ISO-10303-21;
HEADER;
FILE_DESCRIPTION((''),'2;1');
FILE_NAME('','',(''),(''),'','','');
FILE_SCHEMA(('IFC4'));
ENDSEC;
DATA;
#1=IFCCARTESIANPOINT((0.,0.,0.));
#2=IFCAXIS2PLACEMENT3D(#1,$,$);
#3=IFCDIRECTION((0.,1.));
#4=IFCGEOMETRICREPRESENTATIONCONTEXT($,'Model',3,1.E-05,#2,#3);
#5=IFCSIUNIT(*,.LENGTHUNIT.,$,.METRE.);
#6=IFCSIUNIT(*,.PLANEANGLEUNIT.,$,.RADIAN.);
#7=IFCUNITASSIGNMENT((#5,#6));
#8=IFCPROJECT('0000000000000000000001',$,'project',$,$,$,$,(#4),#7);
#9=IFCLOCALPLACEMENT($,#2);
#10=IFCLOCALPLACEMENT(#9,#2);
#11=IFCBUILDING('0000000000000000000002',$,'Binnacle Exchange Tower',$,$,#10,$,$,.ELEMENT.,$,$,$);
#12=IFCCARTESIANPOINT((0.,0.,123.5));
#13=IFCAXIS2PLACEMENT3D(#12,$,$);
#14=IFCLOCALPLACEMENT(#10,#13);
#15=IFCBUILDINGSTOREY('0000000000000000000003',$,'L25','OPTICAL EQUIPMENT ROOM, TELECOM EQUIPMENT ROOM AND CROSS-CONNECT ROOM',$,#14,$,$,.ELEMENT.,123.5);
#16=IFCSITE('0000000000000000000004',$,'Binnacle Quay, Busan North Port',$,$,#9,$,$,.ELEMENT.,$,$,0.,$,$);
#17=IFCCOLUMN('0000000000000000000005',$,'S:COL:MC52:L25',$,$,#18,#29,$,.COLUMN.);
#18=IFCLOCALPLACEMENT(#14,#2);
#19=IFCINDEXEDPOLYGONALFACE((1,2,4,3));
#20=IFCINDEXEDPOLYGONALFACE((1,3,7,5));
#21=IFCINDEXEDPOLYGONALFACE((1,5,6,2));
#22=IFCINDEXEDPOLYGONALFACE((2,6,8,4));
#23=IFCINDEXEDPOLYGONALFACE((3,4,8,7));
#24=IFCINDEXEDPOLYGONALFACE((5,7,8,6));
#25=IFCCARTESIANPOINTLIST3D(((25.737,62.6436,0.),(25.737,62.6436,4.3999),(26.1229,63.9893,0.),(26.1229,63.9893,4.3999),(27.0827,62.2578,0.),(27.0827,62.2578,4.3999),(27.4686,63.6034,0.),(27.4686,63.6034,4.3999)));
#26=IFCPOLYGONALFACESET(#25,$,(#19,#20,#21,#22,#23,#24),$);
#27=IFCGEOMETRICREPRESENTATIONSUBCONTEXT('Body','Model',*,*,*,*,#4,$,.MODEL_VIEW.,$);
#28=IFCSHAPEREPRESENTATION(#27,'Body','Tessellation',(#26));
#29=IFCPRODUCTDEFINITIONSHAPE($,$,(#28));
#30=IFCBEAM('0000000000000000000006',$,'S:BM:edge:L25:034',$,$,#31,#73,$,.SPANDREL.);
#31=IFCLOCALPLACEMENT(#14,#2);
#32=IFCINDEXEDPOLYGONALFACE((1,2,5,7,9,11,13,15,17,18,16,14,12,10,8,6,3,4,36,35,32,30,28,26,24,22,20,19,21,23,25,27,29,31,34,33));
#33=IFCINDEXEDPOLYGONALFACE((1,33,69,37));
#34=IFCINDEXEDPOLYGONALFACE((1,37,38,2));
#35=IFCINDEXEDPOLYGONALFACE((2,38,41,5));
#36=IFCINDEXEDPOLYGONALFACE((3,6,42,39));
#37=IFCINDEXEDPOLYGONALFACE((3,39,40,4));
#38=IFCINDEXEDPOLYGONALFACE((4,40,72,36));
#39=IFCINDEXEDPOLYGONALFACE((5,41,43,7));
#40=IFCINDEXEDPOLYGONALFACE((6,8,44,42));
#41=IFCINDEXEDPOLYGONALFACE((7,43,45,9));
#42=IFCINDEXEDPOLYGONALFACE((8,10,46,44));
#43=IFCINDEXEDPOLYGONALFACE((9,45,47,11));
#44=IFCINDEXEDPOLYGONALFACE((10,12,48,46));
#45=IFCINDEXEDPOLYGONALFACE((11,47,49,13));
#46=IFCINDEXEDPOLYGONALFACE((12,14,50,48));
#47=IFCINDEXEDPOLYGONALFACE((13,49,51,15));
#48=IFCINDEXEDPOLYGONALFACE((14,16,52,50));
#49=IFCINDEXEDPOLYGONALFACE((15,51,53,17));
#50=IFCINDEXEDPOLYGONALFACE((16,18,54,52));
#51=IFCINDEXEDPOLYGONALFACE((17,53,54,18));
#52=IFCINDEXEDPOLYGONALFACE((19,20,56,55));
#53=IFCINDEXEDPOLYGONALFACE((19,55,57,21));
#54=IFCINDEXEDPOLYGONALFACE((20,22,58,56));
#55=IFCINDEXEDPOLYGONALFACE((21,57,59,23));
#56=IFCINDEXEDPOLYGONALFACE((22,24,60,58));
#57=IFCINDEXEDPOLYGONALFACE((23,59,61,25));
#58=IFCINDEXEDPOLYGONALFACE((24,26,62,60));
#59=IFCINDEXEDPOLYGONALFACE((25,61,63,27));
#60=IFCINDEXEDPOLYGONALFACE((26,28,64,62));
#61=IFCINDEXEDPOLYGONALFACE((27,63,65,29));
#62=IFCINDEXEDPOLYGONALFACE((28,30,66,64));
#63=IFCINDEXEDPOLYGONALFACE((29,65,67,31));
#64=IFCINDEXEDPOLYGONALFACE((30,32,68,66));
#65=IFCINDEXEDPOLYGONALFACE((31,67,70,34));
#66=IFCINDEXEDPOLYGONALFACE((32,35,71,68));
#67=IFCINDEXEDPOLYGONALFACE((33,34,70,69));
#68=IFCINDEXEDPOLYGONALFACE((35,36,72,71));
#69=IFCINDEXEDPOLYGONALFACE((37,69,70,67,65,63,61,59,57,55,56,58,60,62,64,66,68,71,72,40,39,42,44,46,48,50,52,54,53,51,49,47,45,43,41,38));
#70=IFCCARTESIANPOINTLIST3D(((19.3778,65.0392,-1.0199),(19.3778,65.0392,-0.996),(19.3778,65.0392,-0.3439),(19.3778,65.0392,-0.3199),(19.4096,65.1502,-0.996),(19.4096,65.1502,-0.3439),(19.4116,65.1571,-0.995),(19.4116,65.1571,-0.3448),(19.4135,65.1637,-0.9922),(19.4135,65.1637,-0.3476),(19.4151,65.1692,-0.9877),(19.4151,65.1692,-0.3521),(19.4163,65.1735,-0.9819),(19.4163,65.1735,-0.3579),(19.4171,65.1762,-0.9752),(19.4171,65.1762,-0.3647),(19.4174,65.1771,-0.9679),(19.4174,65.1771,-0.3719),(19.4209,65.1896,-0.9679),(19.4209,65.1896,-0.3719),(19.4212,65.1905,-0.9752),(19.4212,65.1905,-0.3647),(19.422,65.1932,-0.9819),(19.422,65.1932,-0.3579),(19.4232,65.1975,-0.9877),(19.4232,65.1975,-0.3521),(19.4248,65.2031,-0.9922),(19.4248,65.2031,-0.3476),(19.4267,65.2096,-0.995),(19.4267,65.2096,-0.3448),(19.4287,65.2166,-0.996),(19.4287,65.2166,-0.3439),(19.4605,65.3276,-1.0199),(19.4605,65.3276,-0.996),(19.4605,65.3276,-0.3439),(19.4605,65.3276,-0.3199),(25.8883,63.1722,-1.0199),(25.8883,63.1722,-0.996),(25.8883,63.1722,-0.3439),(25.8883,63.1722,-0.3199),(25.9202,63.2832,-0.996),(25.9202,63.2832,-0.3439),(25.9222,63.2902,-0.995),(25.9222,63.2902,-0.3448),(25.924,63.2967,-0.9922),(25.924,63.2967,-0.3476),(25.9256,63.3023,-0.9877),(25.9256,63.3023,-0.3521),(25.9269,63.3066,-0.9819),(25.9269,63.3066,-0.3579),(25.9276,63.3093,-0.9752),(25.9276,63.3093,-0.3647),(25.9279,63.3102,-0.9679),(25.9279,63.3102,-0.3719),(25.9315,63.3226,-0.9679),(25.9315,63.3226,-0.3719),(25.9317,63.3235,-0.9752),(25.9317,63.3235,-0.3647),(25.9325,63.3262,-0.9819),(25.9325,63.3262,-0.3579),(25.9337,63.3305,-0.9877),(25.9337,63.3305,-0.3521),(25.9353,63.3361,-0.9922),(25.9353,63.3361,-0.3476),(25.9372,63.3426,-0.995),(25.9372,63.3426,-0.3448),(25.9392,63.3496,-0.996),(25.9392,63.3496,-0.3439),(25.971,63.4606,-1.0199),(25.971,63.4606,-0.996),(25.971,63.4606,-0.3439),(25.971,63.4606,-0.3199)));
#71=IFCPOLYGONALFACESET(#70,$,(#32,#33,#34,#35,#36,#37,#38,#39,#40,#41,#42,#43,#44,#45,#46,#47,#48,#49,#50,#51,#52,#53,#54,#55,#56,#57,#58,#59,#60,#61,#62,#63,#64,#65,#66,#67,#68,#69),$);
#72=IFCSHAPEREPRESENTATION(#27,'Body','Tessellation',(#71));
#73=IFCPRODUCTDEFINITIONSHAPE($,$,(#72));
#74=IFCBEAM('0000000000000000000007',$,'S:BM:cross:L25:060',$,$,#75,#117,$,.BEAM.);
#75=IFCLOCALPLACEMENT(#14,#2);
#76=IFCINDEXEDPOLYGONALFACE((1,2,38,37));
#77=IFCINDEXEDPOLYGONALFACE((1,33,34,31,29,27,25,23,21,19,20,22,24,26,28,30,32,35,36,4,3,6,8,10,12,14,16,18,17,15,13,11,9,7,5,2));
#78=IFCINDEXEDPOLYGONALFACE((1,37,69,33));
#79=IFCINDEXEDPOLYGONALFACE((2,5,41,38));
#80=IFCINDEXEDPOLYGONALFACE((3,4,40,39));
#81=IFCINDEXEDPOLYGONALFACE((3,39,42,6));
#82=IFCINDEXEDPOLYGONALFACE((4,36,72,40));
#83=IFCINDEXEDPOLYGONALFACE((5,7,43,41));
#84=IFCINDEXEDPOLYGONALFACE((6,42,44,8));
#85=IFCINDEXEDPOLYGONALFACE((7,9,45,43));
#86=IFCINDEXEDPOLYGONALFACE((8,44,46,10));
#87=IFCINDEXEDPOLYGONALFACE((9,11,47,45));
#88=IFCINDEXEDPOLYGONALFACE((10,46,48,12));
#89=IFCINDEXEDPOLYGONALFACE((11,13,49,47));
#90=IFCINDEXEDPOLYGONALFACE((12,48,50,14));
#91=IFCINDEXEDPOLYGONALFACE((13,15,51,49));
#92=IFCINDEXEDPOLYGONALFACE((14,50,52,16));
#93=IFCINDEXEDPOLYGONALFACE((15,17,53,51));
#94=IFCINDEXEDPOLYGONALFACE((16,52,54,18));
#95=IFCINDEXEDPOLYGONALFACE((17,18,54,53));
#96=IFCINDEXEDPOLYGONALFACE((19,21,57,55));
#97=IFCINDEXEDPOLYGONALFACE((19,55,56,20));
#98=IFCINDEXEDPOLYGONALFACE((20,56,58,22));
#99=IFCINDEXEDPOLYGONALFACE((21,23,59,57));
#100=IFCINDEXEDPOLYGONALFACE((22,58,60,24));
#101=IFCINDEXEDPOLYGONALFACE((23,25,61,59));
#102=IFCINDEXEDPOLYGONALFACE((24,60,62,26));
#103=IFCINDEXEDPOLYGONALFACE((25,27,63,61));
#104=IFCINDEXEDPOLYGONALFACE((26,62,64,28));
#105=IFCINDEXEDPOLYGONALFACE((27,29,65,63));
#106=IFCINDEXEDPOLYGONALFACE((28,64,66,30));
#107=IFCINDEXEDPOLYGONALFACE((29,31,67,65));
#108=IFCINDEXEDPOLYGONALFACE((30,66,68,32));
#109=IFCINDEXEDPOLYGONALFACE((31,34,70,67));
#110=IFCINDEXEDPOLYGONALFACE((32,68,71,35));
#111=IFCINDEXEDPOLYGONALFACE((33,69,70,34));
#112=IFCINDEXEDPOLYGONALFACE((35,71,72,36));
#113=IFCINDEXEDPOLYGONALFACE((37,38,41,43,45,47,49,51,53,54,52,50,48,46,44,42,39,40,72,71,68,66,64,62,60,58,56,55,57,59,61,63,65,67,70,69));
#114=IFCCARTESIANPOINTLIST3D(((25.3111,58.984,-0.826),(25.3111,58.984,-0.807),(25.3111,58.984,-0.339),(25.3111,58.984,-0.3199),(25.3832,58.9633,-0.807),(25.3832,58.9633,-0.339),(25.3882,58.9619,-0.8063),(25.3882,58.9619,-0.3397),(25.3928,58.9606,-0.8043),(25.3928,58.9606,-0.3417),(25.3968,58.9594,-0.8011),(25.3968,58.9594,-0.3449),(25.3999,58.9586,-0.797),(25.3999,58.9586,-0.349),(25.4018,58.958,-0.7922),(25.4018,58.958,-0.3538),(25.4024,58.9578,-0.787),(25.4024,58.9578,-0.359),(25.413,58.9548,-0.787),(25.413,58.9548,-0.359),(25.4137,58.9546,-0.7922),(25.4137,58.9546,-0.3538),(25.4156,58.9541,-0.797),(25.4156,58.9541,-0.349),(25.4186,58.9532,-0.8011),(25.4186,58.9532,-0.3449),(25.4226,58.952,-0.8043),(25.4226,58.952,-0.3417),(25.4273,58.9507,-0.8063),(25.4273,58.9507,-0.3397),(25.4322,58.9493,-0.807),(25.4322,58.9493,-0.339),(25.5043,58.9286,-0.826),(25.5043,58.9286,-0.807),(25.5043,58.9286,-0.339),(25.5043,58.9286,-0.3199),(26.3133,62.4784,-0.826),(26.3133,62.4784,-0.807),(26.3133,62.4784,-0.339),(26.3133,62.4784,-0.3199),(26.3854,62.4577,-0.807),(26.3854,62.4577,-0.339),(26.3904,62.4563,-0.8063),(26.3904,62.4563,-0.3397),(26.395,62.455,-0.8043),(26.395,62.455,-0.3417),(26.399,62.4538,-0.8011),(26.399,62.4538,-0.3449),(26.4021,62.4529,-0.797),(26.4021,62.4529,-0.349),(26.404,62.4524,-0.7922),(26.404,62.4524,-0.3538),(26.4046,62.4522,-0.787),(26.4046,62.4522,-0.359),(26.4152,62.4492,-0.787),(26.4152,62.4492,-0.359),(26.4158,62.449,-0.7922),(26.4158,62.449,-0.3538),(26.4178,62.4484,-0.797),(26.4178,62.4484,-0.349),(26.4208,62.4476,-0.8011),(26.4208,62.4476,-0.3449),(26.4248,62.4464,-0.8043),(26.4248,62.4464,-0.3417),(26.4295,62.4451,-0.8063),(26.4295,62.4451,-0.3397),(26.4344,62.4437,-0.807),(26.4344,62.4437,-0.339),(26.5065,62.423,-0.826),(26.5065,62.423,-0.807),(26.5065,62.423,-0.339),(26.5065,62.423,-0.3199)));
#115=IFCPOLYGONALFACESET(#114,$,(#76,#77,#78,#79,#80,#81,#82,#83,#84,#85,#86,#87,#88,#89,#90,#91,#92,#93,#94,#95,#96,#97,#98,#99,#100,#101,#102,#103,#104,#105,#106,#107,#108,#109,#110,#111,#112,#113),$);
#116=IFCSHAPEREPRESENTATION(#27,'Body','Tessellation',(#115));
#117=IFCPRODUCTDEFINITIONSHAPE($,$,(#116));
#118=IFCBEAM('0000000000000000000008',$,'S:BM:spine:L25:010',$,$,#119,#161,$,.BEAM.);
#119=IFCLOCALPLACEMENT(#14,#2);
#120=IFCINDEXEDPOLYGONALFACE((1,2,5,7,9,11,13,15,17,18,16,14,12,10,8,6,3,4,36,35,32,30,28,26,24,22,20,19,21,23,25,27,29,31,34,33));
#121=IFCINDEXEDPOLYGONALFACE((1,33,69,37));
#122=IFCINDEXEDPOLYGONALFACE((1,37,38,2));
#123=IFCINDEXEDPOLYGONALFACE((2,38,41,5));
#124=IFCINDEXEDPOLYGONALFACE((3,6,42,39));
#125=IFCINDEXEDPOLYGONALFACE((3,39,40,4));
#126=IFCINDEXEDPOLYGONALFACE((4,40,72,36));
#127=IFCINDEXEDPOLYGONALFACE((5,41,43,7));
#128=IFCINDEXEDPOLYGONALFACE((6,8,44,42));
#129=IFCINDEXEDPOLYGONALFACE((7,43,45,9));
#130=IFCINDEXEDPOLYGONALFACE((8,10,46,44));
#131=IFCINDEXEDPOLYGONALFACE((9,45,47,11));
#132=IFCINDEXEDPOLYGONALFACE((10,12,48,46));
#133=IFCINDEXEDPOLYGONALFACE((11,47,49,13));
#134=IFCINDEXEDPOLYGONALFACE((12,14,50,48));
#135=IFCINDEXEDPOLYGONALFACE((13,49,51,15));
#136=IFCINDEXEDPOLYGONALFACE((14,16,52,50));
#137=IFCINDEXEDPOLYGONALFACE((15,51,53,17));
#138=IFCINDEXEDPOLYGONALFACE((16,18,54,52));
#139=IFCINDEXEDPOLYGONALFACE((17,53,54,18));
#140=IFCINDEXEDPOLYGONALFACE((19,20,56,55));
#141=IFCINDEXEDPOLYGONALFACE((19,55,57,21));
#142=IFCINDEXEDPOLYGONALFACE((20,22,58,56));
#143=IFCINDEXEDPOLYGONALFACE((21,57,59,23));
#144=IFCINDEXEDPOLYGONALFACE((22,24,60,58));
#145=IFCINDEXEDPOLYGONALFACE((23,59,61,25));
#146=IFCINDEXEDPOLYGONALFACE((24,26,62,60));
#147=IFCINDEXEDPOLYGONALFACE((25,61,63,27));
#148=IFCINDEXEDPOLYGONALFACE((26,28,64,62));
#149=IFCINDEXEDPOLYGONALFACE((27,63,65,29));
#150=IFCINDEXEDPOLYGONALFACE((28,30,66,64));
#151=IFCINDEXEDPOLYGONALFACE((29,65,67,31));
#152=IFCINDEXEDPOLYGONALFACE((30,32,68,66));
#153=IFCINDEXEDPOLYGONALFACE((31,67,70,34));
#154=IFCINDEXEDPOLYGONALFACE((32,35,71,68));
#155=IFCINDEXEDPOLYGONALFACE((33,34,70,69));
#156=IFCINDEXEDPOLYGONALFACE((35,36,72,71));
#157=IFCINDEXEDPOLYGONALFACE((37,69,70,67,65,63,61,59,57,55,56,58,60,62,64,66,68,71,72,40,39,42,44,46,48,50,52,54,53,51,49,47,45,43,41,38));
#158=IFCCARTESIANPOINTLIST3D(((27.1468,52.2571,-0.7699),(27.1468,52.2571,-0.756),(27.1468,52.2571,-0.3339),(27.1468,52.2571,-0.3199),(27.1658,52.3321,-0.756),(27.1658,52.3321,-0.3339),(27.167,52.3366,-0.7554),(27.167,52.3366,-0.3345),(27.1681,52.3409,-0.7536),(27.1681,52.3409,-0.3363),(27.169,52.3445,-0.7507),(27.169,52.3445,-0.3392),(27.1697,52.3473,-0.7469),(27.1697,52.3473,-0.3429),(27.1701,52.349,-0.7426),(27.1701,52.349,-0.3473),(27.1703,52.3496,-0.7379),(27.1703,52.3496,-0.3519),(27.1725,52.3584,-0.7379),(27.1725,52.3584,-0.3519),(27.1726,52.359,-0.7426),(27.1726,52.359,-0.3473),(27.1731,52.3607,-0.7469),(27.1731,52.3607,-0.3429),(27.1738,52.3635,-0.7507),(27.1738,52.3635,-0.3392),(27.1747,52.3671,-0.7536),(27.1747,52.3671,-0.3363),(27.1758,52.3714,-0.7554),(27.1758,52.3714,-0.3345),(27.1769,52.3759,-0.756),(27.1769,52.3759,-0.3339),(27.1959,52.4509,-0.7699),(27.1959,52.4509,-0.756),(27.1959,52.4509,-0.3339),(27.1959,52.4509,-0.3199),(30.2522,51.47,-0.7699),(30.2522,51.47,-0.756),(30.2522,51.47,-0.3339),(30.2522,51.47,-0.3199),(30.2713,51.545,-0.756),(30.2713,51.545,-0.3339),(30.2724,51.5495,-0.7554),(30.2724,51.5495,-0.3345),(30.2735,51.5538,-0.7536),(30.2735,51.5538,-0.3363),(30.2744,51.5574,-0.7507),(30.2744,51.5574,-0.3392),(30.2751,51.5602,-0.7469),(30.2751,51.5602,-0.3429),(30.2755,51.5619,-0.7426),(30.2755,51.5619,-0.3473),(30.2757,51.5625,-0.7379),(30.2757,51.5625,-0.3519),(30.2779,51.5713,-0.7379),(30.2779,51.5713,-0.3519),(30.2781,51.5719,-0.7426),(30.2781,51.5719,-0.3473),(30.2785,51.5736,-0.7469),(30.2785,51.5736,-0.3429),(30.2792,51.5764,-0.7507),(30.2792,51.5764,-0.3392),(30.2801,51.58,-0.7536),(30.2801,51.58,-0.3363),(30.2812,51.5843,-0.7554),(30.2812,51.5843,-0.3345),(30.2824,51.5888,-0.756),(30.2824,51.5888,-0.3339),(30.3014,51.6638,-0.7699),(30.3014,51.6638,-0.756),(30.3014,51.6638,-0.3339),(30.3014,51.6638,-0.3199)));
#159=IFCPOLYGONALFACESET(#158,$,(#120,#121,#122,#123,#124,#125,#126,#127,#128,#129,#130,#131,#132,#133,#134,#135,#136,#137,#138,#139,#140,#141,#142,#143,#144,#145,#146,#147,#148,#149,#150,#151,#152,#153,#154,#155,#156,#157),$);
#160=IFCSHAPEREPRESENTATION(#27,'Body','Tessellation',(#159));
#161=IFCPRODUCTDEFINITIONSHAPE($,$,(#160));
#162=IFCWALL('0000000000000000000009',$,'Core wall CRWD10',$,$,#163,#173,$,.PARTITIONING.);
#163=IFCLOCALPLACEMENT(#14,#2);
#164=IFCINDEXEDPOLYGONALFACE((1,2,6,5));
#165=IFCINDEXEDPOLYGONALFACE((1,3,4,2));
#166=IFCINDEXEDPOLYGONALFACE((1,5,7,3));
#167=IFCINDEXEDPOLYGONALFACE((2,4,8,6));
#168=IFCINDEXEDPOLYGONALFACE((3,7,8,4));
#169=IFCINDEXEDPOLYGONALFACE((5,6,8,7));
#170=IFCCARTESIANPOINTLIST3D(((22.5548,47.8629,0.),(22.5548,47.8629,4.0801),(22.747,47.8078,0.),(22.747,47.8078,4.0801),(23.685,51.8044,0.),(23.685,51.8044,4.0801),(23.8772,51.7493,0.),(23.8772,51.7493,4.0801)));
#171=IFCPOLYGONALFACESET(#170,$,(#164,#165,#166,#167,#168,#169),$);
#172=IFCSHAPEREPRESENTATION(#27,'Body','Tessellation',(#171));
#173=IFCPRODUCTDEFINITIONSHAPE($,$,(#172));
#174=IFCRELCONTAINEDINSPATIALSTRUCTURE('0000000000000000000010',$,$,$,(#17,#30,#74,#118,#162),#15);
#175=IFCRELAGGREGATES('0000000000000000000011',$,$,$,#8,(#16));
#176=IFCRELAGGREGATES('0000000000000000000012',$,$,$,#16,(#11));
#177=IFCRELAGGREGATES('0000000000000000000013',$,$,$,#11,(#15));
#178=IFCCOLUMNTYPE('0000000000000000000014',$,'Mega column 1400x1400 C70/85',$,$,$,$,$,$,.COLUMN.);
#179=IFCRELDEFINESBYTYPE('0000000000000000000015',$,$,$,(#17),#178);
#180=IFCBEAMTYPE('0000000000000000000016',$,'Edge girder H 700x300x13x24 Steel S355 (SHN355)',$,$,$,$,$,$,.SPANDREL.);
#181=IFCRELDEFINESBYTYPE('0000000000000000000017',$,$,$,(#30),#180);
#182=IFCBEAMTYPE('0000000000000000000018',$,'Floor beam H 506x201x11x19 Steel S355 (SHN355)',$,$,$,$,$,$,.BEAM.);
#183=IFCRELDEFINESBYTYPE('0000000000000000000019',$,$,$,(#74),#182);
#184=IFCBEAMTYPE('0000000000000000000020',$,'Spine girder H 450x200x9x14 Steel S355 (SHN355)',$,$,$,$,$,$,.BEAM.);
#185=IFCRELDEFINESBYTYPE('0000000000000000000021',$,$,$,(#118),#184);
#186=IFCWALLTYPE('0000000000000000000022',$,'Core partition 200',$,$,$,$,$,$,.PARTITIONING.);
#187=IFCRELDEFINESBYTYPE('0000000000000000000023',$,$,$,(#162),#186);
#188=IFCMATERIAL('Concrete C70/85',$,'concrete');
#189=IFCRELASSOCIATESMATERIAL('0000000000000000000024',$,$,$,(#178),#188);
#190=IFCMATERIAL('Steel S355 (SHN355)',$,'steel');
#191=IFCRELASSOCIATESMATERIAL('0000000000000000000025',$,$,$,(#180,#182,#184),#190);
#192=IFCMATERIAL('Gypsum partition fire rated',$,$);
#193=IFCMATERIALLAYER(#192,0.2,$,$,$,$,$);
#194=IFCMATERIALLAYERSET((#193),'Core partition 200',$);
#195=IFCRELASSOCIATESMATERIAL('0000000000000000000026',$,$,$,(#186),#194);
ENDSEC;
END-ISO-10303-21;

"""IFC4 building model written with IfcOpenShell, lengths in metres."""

from ifc_helpers import new_model, si_unit, direction, frame, frame_2d, origin, origin_2d, place, context, subcontext, project, spatial, rectangle, i_section, extrude, material, layer, layer_set, material_profile, profile_set, type_object, element, save


model = new_model("IFC4")

# Units and contexts
model_context = context("Model", 3, precision=1e-05, world=origin(), true_north=direction((0.0, 1.0)))
body_context = subcontext(model_context, "Body", "Model", "MODEL_VIEW")
ifc_project = project(units=[si_unit("LENGTHUNIT", "METRE"), si_unit("PLANEANGLEUNIT", "RADIAN")], contexts=[model_context])

# Site, building, storey
site_placement = place(None, origin())
site = spatial("IfcSite", under=ifc_project, at=site_placement, Name="Binnacle Quay, Busan North Port", CompositionType="ELEMENT", RefElevation=0.0)
building_placement = place(site_placement, origin())
building = spatial("IfcBuilding", under=site, at=building_placement, Name="Binnacle Exchange Tower", CompositionType="ELEMENT")
storey_placement = place(building_placement, frame((0.0, 0.0, 123.5)))
storey = spatial("IfcBuildingStorey", under=building, at=storey_placement, Name="L25", Description="OPTICAL EQUIPMENT ROOM, TELECOM EQUIPMENT ROOM AND CROSS-CONNECT ROOM", CompositionType="ELEMENT", Elevation=123.5)

# Column
ifc_material_1 = material(Name="Concrete C70/85", Category="concrete")
ifc_material_profile_1 = material_profile(ifc_material_1, rectangle(XDim=1.3999, YDim=1.3999, at=origin_2d()), Name="Mega column 1400x1400 C70/85")
ifc_profile_set_1 = profile_set([ifc_material_profile_1], Name="Concrete C70/85")
column_type = type_object("IfcColumnType", Name="Mega column 1400x1400 C70/85", PredefinedType="COLUMN", material=ifc_profile_set_1)
column_placement = place(storey_placement, frame((26.6028, 63.1235, 0.0), z_axis=(0.0, 0.0, 1.0), x_axis=(-0.961262, 0.275637, 0.0)))
element("IfcColumn", 1, at=column_placement, inside=storey, type_object=column_type, Name="S:COL:MC52:L25", PredefinedType="COLUMN", context=body_context, shape_type="SweptSolid", body=[
    extrude(rectangle(XDim=1.3999, YDim=1.3999, at=origin_2d()), origin(), (0.0, 0.0, 1.0), 4.3999),
])

# Beams
ifc_material_2 = material(Name="Steel S355 (SHN355)", Category="steel")
ifc_material_profile_2 = material_profile(ifc_material_2, i_section(OverallWidth=0.3, OverallDepth=0.7, WebThickness=0.0129, FlangeThickness=0.0239, FilletRadius=0.0281, at=origin_2d()), Name="H 700x300x13x24")
ifc_profile_set_2 = profile_set([ifc_material_profile_2], Name="Steel S355 (SHN355)")
beam_type_1 = type_object("IfcBeamType", Name="Edge girder H 700x300x13x24 Steel S355 (SHN355)", PredefinedType="SPANDREL", material=ifc_profile_set_2)
beam_1_placement = place(storey_placement, frame((25.9297, 63.3164, -0.6699), z_axis=(-0.961258, 0.275649, 0.0), x_axis=(-0.275649, -0.961258, 0.0)))
element("IfcBeam", 2, at=beam_1_placement, inside=storey, type_object=beam_type_1, Name="S:BM:edge:L25:034", PredefinedType="SPANDREL", context=body_context, shape_type="SweptSolid", body=[
    extrude(i_section(OverallWidth=0.3, OverallDepth=0.7, WebThickness=0.0129, FlangeThickness=0.0239, FilletRadius=0.0281, at=origin_2d()), origin(), (0.0, 0.0, 1.0), 6.7729),
])
ifc_material_profile_3 = material_profile(ifc_material_2, i_section(OverallWidth=0.2009, OverallDepth=0.5061, WebThickness=0.011, FlangeThickness=0.019, FilletRadius=0.02, at=origin_2d()), Name="H 506x201x11x19")
ifc_profile_set_3 = profile_set([ifc_material_profile_3], Name="Steel S355 (SHN355)")
beam_type_2 = type_object("IfcBeamType", Name="Floor beam H 506x201x11x19 Steel S355 (SHN355)", PredefinedType="BEAM", material=ifc_profile_set_3)
beam_2_placement = place(storey_placement, frame((26.4099, 62.4507, -0.573), z_axis=(-0.275688, -0.961247, 0.0), x_axis=(0.961247, -0.275688, 0.0)))
element("IfcBeam", 3, at=beam_2_placement, inside=storey, type_object=beam_type_2, Name="S:BM:cross:L25:060", PredefinedType="BEAM", context=body_context, shape_type="SweptSolid", body=[
    extrude(i_section(OverallWidth=0.2009, OverallDepth=0.5061, WebThickness=0.011, FlangeThickness=0.019, FilletRadius=0.02, at=origin_2d()), origin(), (0.0, 0.0, 1.0), 3.6353),
])
ifc_material_profile_4 = material_profile(ifc_material_2, i_section(OverallWidth=0.2, OverallDepth=0.45, WebThickness=0.009, FlangeThickness=0.0139, FilletRadius=0.0181, at=origin_2d()), Name="H 450x200x9x14")
ifc_profile_set_4 = profile_set([ifc_material_profile_4], Name="Steel S355 (SHN355)")
beam_type_3 = type_object("IfcBeamType", Name="Spine girder H 450x200x9x14 Steel S355 (SHN355)", PredefinedType="BEAM", material=ifc_profile_set_4)
beam_3_placement = place(storey_placement, frame((27.1714, 52.354, -0.5449), z_axis=(0.969348, -0.24569, 0.0), x_axis=(0.24569, 0.969348, 0.0)))
element("IfcBeam", 4, at=beam_3_placement, inside=storey, type_object=beam_type_3, Name="S:BM:spine:L25:010", PredefinedType="BEAM", context=body_context, shape_type="SweptSolid", body=[
    extrude(i_section(OverallWidth=0.2, OverallDepth=0.45, WebThickness=0.009, FlangeThickness=0.0139, FilletRadius=0.0181, at=origin_2d()), origin(), (0.0, 0.0, 1.0), 3.2036),
])

# Wall
ifc_material_3 = material(Name="Gypsum partition fire rated")
ifc_layer_1 = layer(ifc_material_3, 0.2)
ifc_layer_set_1 = layer_set([ifc_layer_1], Name="Core partition 200")
wall_type_1 = type_object("IfcWallType", Name="Core partition 200", PredefinedType="PARTITIONING", material=ifc_layer_set_1)
wall_1_placement = place(storey_placement, frame((22.6509, 47.8352, 0.0), z_axis=(0.0, 0.0, 1.0), x_axis=(0.275625, 0.961265, 0.0)))
element("IfcWall", 5, at=wall_1_placement, inside=storey, type_object=wall_type_1, Name="Core wall CRWD10", PredefinedType="PARTITIONING", context=body_context, shape_type="SweptSolid", body=[
    extrude(rectangle(XDim=4.1003, YDim=0.2, at=frame_2d((2.0503, 0.0))), origin(), (0.0, 0.0, 1.0), 4.0801),
])

save(model, "model.ifc")
